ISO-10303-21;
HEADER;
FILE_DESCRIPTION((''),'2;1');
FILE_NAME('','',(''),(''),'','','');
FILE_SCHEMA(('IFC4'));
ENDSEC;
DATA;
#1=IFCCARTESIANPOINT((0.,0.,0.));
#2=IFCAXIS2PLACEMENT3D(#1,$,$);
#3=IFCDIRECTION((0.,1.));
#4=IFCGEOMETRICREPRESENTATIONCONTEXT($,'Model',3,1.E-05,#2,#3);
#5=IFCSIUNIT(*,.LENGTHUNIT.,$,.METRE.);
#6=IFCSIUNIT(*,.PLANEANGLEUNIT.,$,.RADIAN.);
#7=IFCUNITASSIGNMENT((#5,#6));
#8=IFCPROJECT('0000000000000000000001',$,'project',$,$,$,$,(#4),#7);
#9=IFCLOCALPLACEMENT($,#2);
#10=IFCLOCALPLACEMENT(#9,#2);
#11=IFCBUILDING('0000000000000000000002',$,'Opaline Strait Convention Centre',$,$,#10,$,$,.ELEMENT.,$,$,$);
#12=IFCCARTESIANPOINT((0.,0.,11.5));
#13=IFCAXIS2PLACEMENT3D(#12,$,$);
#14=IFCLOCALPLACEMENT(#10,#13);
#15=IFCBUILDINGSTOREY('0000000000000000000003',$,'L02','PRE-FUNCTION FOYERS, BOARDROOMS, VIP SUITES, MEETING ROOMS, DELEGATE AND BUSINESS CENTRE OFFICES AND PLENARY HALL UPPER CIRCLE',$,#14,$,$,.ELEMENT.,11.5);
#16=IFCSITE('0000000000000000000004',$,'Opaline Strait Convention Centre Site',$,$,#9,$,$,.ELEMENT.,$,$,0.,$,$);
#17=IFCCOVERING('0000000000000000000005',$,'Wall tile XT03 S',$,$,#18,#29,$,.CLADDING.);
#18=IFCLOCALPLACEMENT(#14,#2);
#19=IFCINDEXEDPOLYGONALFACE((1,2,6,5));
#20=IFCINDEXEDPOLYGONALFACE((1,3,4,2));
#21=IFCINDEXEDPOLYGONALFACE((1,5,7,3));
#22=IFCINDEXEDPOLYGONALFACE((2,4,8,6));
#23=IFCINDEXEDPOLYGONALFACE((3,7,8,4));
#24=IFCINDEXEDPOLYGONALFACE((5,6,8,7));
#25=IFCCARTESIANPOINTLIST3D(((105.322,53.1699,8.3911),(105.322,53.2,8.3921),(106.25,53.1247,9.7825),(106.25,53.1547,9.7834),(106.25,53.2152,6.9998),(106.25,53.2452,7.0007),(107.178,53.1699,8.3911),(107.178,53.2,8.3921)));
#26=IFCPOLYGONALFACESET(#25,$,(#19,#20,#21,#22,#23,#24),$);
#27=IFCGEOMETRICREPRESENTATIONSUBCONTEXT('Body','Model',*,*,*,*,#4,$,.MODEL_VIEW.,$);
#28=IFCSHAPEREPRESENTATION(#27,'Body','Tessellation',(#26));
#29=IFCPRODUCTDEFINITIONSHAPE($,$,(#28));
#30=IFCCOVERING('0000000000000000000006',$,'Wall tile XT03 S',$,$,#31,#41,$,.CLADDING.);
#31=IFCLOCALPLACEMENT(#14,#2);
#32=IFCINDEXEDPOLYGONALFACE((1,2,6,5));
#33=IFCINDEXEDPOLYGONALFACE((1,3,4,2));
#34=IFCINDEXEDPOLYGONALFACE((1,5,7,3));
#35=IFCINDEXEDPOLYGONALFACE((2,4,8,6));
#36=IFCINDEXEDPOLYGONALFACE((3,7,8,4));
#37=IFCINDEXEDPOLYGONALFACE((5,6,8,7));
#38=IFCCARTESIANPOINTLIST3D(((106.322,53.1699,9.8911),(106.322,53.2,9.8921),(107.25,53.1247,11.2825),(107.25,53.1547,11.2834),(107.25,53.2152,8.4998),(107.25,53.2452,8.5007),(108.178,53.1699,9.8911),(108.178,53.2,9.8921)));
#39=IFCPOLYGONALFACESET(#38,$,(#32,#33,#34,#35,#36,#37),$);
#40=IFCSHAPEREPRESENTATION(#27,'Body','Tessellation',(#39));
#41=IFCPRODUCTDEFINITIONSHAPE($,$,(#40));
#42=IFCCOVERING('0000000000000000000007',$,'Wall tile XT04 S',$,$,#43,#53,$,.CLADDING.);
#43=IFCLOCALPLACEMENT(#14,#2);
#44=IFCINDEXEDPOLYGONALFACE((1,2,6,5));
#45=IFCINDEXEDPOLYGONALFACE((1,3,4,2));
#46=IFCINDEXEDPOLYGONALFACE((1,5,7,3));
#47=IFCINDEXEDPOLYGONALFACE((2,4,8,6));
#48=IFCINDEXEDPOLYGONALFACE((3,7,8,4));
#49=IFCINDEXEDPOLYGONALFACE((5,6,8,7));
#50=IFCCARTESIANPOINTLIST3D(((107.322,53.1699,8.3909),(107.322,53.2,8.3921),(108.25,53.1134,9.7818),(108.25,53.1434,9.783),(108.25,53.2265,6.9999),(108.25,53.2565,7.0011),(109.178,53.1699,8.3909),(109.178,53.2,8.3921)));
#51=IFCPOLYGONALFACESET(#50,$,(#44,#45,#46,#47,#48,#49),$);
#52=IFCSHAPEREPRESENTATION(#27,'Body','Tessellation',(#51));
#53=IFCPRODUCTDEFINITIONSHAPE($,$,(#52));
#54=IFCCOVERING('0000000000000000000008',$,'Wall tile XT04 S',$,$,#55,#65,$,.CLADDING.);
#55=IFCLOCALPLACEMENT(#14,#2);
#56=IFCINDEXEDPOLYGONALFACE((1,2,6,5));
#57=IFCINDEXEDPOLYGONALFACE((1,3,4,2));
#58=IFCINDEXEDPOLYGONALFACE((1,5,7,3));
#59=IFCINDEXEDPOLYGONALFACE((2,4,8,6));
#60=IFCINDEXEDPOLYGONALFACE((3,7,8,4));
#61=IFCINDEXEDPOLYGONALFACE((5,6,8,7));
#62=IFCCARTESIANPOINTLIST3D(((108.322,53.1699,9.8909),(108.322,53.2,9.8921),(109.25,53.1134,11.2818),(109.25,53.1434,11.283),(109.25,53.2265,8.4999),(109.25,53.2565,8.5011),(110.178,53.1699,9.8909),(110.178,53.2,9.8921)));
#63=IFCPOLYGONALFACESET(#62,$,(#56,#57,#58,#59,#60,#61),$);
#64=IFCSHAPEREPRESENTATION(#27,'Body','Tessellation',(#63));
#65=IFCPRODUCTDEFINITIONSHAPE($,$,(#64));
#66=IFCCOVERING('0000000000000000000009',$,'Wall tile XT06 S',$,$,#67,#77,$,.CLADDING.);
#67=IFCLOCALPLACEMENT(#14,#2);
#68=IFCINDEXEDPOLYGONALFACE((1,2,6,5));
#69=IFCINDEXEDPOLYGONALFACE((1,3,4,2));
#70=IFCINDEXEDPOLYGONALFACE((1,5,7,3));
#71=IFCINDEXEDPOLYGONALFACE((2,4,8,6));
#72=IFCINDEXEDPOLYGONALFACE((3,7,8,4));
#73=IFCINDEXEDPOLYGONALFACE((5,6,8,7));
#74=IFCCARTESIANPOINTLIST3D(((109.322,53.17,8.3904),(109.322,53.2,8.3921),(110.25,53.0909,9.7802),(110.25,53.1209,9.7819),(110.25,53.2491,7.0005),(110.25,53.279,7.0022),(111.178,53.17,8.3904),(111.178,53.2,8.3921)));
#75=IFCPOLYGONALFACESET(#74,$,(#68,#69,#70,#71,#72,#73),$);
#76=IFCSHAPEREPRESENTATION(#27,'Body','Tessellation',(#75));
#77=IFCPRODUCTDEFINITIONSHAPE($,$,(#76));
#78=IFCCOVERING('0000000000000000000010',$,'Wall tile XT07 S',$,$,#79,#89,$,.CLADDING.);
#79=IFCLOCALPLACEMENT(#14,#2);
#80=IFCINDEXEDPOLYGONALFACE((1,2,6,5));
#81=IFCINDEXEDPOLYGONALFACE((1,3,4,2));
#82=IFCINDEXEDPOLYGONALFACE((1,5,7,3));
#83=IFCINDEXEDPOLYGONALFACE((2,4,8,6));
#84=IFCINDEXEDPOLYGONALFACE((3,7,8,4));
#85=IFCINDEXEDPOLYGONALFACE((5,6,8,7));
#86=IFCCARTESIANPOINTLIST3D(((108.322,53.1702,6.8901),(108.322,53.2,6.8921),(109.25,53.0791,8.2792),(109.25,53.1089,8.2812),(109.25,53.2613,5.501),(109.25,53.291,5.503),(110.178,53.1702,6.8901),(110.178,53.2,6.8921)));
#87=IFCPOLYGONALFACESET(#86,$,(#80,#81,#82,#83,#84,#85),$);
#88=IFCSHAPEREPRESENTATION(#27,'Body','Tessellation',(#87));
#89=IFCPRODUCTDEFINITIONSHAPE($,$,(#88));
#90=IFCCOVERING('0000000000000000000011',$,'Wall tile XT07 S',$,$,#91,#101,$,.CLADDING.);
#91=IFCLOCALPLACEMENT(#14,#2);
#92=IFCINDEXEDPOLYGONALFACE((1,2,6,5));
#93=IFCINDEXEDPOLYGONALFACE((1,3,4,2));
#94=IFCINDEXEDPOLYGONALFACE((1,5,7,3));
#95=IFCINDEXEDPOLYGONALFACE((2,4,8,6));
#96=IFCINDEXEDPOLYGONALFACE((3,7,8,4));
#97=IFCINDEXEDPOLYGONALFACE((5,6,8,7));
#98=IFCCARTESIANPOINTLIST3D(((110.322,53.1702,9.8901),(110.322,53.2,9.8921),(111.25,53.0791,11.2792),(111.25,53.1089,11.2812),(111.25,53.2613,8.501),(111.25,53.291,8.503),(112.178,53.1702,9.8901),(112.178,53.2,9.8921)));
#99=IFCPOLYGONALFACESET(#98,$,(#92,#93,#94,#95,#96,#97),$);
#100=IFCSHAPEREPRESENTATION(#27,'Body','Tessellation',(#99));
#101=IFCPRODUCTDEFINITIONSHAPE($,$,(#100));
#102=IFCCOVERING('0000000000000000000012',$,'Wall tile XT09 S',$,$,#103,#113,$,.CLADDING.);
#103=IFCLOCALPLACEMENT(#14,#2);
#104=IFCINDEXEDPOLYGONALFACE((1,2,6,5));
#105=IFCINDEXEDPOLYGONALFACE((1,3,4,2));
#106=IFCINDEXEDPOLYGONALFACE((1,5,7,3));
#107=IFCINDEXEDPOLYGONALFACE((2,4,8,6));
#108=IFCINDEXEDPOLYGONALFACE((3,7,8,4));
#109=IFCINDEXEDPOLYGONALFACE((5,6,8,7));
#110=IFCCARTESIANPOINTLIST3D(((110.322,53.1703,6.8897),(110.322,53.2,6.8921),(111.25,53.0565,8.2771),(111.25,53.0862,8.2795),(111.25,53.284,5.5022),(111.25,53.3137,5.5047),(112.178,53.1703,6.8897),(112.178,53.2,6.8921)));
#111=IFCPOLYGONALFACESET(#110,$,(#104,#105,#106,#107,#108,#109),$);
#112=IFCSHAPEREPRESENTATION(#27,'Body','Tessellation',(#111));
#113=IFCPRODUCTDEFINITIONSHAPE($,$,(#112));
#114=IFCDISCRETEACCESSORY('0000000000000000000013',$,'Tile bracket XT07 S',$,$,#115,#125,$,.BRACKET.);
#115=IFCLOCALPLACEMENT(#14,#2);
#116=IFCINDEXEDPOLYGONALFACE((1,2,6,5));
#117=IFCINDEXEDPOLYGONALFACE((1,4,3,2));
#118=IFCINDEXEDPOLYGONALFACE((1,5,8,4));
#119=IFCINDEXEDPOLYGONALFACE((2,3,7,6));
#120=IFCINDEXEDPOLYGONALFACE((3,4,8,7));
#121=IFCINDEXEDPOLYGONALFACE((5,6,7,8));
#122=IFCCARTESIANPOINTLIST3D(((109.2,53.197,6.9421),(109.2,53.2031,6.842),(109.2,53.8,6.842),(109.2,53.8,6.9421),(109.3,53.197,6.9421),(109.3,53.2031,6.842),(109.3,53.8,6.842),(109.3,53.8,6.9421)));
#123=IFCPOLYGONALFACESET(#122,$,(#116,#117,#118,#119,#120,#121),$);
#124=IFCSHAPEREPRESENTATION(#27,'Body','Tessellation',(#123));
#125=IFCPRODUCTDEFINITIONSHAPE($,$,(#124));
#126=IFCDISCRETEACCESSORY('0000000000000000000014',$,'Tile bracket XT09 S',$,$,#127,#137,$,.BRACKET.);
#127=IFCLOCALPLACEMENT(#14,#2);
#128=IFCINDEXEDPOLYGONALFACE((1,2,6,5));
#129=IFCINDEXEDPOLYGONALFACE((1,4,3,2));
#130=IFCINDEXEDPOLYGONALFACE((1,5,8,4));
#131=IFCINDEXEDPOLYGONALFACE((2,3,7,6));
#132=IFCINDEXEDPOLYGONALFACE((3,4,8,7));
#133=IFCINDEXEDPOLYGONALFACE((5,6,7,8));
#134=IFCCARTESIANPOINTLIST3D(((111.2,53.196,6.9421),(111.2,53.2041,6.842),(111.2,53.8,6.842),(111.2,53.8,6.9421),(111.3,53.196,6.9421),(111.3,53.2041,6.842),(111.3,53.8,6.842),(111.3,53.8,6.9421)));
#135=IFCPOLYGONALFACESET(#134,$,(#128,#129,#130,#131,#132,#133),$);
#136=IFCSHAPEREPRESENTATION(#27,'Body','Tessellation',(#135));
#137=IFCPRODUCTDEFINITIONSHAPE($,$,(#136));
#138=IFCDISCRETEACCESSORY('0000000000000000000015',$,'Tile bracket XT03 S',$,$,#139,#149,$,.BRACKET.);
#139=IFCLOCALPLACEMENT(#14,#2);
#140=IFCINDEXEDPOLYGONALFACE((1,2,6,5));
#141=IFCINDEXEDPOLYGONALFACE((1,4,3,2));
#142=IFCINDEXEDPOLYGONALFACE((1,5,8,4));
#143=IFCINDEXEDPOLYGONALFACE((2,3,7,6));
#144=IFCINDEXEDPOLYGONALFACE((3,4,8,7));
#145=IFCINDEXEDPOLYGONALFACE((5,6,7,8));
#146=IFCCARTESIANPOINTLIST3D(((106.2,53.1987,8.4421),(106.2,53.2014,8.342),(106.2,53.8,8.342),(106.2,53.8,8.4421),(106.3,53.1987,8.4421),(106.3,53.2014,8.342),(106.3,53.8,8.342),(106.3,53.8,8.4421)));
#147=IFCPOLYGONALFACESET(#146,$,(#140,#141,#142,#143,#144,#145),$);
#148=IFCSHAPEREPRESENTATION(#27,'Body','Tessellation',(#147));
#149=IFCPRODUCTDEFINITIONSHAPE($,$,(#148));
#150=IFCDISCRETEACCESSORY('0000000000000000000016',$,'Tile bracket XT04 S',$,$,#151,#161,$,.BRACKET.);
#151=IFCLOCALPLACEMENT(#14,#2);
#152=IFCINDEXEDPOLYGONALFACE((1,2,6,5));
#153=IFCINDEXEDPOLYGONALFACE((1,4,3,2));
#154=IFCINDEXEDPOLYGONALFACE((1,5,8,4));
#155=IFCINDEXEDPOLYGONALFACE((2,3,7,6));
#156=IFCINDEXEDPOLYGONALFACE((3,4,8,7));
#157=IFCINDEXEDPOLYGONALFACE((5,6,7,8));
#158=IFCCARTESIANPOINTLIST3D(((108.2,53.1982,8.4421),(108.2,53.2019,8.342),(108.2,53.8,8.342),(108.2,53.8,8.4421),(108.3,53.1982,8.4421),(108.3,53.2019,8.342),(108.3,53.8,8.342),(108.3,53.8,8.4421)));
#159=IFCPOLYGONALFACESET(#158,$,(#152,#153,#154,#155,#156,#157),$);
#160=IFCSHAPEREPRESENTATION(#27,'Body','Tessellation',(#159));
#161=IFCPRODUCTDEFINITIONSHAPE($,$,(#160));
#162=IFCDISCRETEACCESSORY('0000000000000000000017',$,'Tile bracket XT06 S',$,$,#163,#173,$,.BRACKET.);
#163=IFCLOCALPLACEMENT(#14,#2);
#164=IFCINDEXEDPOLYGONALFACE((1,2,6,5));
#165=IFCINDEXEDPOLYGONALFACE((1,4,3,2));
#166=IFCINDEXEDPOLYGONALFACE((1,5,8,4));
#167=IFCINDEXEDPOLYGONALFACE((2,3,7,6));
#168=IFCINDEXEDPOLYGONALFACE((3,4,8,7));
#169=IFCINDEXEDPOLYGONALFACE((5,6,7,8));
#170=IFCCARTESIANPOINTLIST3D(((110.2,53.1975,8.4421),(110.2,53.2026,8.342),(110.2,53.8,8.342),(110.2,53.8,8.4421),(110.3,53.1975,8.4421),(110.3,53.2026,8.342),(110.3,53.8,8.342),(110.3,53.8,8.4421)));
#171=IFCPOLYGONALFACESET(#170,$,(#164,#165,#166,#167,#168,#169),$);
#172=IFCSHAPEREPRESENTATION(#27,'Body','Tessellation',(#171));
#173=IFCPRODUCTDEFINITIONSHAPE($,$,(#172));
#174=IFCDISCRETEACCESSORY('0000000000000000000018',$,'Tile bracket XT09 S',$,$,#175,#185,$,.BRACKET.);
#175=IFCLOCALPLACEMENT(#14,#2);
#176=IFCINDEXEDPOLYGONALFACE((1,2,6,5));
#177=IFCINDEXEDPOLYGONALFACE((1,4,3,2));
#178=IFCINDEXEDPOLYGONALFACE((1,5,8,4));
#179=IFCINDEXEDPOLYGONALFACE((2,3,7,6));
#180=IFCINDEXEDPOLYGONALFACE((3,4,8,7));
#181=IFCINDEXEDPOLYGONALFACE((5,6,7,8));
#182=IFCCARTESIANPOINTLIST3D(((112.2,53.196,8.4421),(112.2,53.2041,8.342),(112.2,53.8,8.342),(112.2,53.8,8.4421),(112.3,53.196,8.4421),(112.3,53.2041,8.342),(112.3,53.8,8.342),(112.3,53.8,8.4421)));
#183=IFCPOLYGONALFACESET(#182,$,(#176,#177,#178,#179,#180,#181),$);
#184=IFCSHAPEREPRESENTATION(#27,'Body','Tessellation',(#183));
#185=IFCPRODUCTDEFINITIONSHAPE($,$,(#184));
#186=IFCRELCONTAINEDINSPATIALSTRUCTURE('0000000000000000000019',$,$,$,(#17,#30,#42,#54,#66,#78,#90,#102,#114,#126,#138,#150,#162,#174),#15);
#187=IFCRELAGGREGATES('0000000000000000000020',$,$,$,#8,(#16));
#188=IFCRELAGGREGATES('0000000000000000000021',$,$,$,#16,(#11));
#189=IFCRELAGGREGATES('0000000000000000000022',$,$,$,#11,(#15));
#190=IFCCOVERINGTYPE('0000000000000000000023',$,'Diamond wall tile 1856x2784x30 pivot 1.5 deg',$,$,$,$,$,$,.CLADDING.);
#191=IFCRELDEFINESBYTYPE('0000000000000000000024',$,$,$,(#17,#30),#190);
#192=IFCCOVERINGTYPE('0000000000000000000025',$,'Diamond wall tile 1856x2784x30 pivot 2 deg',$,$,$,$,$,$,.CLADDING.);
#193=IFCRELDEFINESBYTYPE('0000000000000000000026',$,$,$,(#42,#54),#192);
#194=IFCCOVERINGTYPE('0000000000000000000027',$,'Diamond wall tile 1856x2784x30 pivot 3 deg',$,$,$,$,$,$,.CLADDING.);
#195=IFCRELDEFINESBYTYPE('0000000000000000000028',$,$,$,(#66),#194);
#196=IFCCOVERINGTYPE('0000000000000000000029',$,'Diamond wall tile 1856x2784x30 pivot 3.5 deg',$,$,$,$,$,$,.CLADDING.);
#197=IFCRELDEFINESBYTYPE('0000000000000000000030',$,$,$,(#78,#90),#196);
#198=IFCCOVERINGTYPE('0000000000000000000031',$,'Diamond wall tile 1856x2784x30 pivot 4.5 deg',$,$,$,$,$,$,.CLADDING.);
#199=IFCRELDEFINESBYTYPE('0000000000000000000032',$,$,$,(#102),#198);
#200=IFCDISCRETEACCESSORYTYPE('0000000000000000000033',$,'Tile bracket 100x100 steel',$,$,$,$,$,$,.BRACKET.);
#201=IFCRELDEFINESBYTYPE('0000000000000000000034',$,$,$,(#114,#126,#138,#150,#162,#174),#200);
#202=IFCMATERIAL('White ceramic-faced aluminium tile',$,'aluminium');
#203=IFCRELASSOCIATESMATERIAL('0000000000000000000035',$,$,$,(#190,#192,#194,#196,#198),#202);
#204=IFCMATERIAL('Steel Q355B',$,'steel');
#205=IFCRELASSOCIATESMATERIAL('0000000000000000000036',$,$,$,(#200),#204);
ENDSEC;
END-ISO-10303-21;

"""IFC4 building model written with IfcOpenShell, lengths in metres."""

from ifc_helpers import new_model, si_unit, direction, frame, origin, place, context, subcontext, project, spatial, polyline, outline, extrude, material, material_profile, profile_set, type_object, element, save


model = new_model("IFC4")

# Units and contexts
model_context = context("Model", 3, precision=1e-05, world=origin(), true_north=direction((0.0, 1.0)))
body_context = subcontext(model_context, "Body", "Model", "MODEL_VIEW")
ifc_project = project(units=[si_unit("LENGTHUNIT", "METRE"), si_unit("PLANEANGLEUNIT", "RADIAN")], contexts=[model_context])

# Site, building, storey
site_placement = place(None, origin())
site = spatial("IfcSite", under=ifc_project, at=site_placement, Name="Opaline Strait Convention Centre Site", CompositionType="ELEMENT", RefElevation=0.0)
building_placement = place(site_placement, origin())
building = spatial("IfcBuilding", under=site, at=building_placement, Name="Opaline Strait Convention Centre", CompositionType="ELEMENT")
storey_placement = place(building_placement, frame((0.0, 0.0, 11.5)))
storey = spatial("IfcBuildingStorey", under=building, at=storey_placement, Name="L02", Description="PRE-FUNCTION FOYERS, BOARDROOMS, VIP SUITES, MEETING ROOMS, DELEGATE AND BUSINESS CENTRE OFFICES AND PLENARY HALL UPPER CIRCLE", CompositionType="ELEMENT", Elevation=11.5)

# Shared definitions
ifc_material_1 = material(Name="Steel Q355B", Category="steel")

# Coverings
ifc_material_2 = material(Name="White ceramic-faced aluminium tile", Category="aluminium")
ifc_material_profile_1 = material_profile(ifc_material_2, outline(polyline([(0.928, 0.0), (0.0, 1.3921), (-0.928, 0.0), (0.0, -1.3921), (0.928, 0.0)])), Name="Diamond tile 1856x2784")
ifc_profile_set_1 = profile_set([ifc_material_profile_1], Name="White ceramic-faced aluminium tile")
covering_type_1 = type_object("IfcCoveringType", Name="Diamond wall tile 1856x2784x30 pivot 1.5 deg", PredefinedType="CLADDING", material=ifc_profile_set_1)
for number, where, z_axis, x_axis, name in (
    (1, (106.25, 53.2, 8.3921), (0.0, -0.999472, -0.032503), (1.0, 0.0, 0.0), "Wall tile XT03 S"),
    (2, (107.25, 53.2, 9.8921), (0.0, -0.999472, -0.032503), (1.0, 0.0, 0.0), "Wall tile XT03 S"),
):
    element("IfcCovering", number, at=place(storey_placement, frame(where, z_axis=z_axis, x_axis=x_axis)), inside=storey, type_object=covering_type_1, Name=name, PredefinedType="CLADDING", context=body_context, shape_type="SweptSolid", body=[
        extrude(outline(polyline([(0.928, 0.0), (0.0, 1.3921), (-0.928, 0.0), (0.0, -1.3921), (0.928, 0.0)])), origin(), (0.0, 0.0, 1.0), 0.03),
    ])
ifc_material_profile_2 = material_profile(ifc_material_2, outline(polyline([(0.928, 0.0), (0.0, 1.3921), (-0.928, 0.0), (0.0, -1.3921), (0.928, 0.0)])), Name="Diamond tile 1856x2784")
ifc_profile_set_2 = profile_set([ifc_material_profile_2], Name="White ceramic-faced aluminium tile")
covering_type_2 = type_object("IfcCoveringType", Name="Diamond wall tile 1856x2784x30 pivot 2 deg", PredefinedType="CLADDING", material=ifc_profile_set_2)
for number, where, z_axis, x_axis, name in (
    (3, (108.25, 53.2, 8.3921), (0.0, -0.999175, -0.040617), (1.0, 0.0, 0.0), "Wall tile XT04 S"),
    (4, (109.25, 53.2, 9.8921), (0.0, -0.999175, -0.040617), (1.0, 0.0, 0.0), "Wall tile XT04 S"),
):
    element("IfcCovering", number, at=place(storey_placement, frame(where, z_axis=z_axis, x_axis=x_axis)), inside=storey, type_object=covering_type_2, Name=name, PredefinedType="CLADDING", context=body_context, shape_type="SweptSolid", body=[
        extrude(outline(polyline([(0.928, 0.0), (0.0, 1.3921), (-0.928, 0.0), (0.0, -1.3921), (0.928, 0.0)])), origin(), (0.0, 0.0, 1.0), 0.03),
    ])
ifc_material_profile_3 = material_profile(ifc_material_2, outline(polyline([(0.928, 0.0), (0.0, 1.3921), (-0.928, 0.0), (0.0, -1.3921), (0.928, 0.0)])), Name="Diamond tile 1856x2784")
ifc_profile_set_3 = profile_set([ifc_material_profile_3], Name="White ceramic-faced aluminium tile")
covering_type_3 = type_object("IfcCoveringType", Name="Diamond wall tile 1856x2784x30 pivot 3 deg", PredefinedType="CLADDING", material=ifc_profile_set_3)
covering_1_placement = place(storey_placement, frame((110.25, 53.2, 8.3921), z_axis=(0.0, -0.998385, -0.056819), x_axis=(1.0, 0.0, 0.0)))
element("IfcCovering", 5, at=covering_1_placement, inside=storey, type_object=covering_type_3, Name="Wall tile XT06 S", PredefinedType="CLADDING", context=body_context, shape_type="SweptSolid", body=[
    extrude(outline(polyline([(0.928, 0.0), (0.0, 1.3921), (-0.928, 0.0), (0.0, -1.3921), (0.928, 0.0)])), origin(), (0.0, 0.0, 1.0), 0.03),
])
ifc_material_profile_4 = material_profile(ifc_material_2, outline(polyline([(0.928, 0.0), (0.0, 1.3921), (-0.928, 0.0), (0.0, -1.3921), (0.928, 0.0)])), Name="Diamond tile 1856x2784")
ifc_profile_set_4 = profile_set([ifc_material_profile_4], Name="White ceramic-faced aluminium tile")
covering_type_4 = type_object("IfcCoveringType", Name="Diamond wall tile 1856x2784x30 pivot 3.5 deg", PredefinedType="CLADDING", material=ifc_profile_set_4)
for number, where, z_axis, x_axis, name in (
    (6, (109.25, 53.2, 6.8921), (0.0, -0.997857, -0.065433), (1.0, 0.0, 0.0), "Wall tile XT07 S"),
    (7, (111.25, 53.2, 9.8921), (0.0, -0.997857, -0.065433), (1.0, 0.0, 0.0), "Wall tile XT07 S"),
):
    element("IfcCovering", number, at=place(storey_placement, frame(where, z_axis=z_axis, x_axis=x_axis)), inside=storey, type_object=covering_type_4, Name=name, PredefinedType="CLADDING", context=body_context, shape_type="SweptSolid", body=[
        extrude(outline(polyline([(0.928, 0.0), (0.0, 1.3921), (-0.928, 0.0), (0.0, -1.3921), (0.928, 0.0)])), origin(), (0.0, 0.0, 1.0), 0.0298),
    ])
ifc_material_profile_5 = material_profile(ifc_material_2, outline(polyline([(0.928, 0.0), (0.0, 1.3921), (-0.928, 0.0), (0.0, -1.3921), (0.928, 0.0)])), Name="Diamond tile 1856x2784")
ifc_profile_set_5 = profile_set([ifc_material_profile_5], Name="White ceramic-faced aluminium tile")
covering_type_5 = type_object("IfcCoveringType", Name="Diamond wall tile 1856x2784x30 pivot 4.5 deg", PredefinedType="CLADDING", material=ifc_profile_set_5)
covering_2_placement = place(storey_placement, frame((111.25, 53.2, 6.8921), z_axis=(0.0, -0.996658, -0.081693), x_axis=(1.0, 0.0, 0.0)))
element("IfcCovering", 8, at=covering_2_placement, inside=storey, type_object=covering_type_5, Name="Wall tile XT09 S", PredefinedType="CLADDING", context=body_context, shape_type="SweptSolid", body=[
    extrude(outline(polyline([(0.928, 0.0), (0.0, 1.3921), (-0.928, 0.0), (0.0, -1.3921), (0.928, 0.0)])), origin(), (0.0, 0.0, 1.0), 0.0298),
])

# Discrete accessories
discrete_accessory_type = type_object("IfcDiscreteAccessoryType", Name="Tile bracket 100x100 steel", PredefinedType="BRACKET", material=ifc_material_1)
discrete_accessory_1_placement = place(storey_placement, frame((109.2, 53.8, 6.8921), z_axis=(1.0, 0.0, 0.0), x_axis=(0.0, 1.0, 0.0)))
element("IfcDiscreteAccessory", 9, at=discrete_accessory_1_placement, inside=storey, type_object=discrete_accessory_type, Name="Tile bracket XT07 S", PredefinedType="BRACKET", context=body_context, shape_type="SweptSolid", body=[
    extrude(outline(polyline([(0.0, -0.05), (0.0, 0.05), (-0.603, 0.05), (-0.5969, -0.05), (0.0, -0.05)])), origin(), (0.0, 0.0, 1.0), 0.1001),
])
discrete_accessory_2_placement = place(storey_placement, frame((111.2, 53.8, 6.8921), z_axis=(1.0, 0.0, 0.0), x_axis=(0.0, 1.0, 0.0)))
element("IfcDiscreteAccessory", 10, at=discrete_accessory_2_placement, inside=storey, type_object=discrete_accessory_type, Name="Tile bracket XT09 S", PredefinedType="BRACKET", context=body_context, shape_type="SweptSolid", body=[
    extrude(outline(polyline([(0.0, -0.05), (0.0, 0.05), (-0.604, 0.05), (-0.5959, -0.05), (0.0, -0.05)])), origin(), (0.0, 0.0, 1.0), 0.1001),
])
discrete_accessory_3_placement = place(storey_placement, frame((106.2, 53.8, 8.3921), z_axis=(1.0, 0.0, 0.0), x_axis=(0.0, 1.0, 0.0)))
element("IfcDiscreteAccessory", 11, at=discrete_accessory_3_placement, inside=storey, type_object=discrete_accessory_type, Name="Tile bracket XT03 S", PredefinedType="BRACKET", context=body_context, shape_type="SweptSolid", body=[
    extrude(outline(polyline([(0.0, -0.05), (0.0, 0.05), (-0.6013, 0.05), (-0.5986, -0.05), (0.0, -0.05)])), origin(), (0.0, 0.0, 1.0), 0.1001),
])
discrete_accessory_4_placement = place(storey_placement, frame((108.2, 53.8, 8.3921), z_axis=(1.0, 0.0, 0.0), x_axis=(0.0, 1.0, 0.0)))
element("IfcDiscreteAccessory", 12, at=discrete_accessory_4_placement, inside=storey, type_object=discrete_accessory_type, Name="Tile bracket XT04 S", PredefinedType="BRACKET", context=body_context, shape_type="SweptSolid", body=[
    extrude(outline(polyline([(0.0, -0.05), (0.0, 0.05), (-0.6018, 0.05), (-0.5981, -0.05), (0.0, -0.05)])), origin(), (0.0, 0.0, 1.0), 0.1001),
])
discrete_accessory_5_placement = place(storey_placement, frame((110.2, 53.8, 8.3921), z_axis=(1.0, 0.0, 0.0), x_axis=(0.0, 1.0, 0.0)))
element("IfcDiscreteAccessory", 13, at=discrete_accessory_5_placement, inside=storey, type_object=discrete_accessory_type, Name="Tile bracket XT06 S", PredefinedType="BRACKET", context=body_context, shape_type="SweptSolid", body=[
    extrude(outline(polyline([(0.0, -0.05), (0.0, 0.05), (-0.6025, 0.05), (-0.5974, -0.05), (0.0, -0.05)])), origin(), (0.0, 0.0, 1.0), 0.1001),
])
discrete_accessory_6_placement = place(storey_placement, frame((112.2, 53.8, 8.3921), z_axis=(1.0, 0.0, 0.0), x_axis=(0.0, 1.0, 0.0)))
element("IfcDiscreteAccessory", 14, at=discrete_accessory_6_placement, inside=storey, type_object=discrete_accessory_type, Name="Tile bracket XT09 S", PredefinedType="BRACKET", context=body_context, shape_type="SweptSolid", body=[
    extrude(outline(polyline([(0.0, -0.05), (0.0, 0.05), (-0.604, 0.05), (-0.5959, -0.05), (0.0, -0.05)])), origin(), (0.0, 0.0, 1.0), 0.1001),
])

save(model, "model.ifc")
